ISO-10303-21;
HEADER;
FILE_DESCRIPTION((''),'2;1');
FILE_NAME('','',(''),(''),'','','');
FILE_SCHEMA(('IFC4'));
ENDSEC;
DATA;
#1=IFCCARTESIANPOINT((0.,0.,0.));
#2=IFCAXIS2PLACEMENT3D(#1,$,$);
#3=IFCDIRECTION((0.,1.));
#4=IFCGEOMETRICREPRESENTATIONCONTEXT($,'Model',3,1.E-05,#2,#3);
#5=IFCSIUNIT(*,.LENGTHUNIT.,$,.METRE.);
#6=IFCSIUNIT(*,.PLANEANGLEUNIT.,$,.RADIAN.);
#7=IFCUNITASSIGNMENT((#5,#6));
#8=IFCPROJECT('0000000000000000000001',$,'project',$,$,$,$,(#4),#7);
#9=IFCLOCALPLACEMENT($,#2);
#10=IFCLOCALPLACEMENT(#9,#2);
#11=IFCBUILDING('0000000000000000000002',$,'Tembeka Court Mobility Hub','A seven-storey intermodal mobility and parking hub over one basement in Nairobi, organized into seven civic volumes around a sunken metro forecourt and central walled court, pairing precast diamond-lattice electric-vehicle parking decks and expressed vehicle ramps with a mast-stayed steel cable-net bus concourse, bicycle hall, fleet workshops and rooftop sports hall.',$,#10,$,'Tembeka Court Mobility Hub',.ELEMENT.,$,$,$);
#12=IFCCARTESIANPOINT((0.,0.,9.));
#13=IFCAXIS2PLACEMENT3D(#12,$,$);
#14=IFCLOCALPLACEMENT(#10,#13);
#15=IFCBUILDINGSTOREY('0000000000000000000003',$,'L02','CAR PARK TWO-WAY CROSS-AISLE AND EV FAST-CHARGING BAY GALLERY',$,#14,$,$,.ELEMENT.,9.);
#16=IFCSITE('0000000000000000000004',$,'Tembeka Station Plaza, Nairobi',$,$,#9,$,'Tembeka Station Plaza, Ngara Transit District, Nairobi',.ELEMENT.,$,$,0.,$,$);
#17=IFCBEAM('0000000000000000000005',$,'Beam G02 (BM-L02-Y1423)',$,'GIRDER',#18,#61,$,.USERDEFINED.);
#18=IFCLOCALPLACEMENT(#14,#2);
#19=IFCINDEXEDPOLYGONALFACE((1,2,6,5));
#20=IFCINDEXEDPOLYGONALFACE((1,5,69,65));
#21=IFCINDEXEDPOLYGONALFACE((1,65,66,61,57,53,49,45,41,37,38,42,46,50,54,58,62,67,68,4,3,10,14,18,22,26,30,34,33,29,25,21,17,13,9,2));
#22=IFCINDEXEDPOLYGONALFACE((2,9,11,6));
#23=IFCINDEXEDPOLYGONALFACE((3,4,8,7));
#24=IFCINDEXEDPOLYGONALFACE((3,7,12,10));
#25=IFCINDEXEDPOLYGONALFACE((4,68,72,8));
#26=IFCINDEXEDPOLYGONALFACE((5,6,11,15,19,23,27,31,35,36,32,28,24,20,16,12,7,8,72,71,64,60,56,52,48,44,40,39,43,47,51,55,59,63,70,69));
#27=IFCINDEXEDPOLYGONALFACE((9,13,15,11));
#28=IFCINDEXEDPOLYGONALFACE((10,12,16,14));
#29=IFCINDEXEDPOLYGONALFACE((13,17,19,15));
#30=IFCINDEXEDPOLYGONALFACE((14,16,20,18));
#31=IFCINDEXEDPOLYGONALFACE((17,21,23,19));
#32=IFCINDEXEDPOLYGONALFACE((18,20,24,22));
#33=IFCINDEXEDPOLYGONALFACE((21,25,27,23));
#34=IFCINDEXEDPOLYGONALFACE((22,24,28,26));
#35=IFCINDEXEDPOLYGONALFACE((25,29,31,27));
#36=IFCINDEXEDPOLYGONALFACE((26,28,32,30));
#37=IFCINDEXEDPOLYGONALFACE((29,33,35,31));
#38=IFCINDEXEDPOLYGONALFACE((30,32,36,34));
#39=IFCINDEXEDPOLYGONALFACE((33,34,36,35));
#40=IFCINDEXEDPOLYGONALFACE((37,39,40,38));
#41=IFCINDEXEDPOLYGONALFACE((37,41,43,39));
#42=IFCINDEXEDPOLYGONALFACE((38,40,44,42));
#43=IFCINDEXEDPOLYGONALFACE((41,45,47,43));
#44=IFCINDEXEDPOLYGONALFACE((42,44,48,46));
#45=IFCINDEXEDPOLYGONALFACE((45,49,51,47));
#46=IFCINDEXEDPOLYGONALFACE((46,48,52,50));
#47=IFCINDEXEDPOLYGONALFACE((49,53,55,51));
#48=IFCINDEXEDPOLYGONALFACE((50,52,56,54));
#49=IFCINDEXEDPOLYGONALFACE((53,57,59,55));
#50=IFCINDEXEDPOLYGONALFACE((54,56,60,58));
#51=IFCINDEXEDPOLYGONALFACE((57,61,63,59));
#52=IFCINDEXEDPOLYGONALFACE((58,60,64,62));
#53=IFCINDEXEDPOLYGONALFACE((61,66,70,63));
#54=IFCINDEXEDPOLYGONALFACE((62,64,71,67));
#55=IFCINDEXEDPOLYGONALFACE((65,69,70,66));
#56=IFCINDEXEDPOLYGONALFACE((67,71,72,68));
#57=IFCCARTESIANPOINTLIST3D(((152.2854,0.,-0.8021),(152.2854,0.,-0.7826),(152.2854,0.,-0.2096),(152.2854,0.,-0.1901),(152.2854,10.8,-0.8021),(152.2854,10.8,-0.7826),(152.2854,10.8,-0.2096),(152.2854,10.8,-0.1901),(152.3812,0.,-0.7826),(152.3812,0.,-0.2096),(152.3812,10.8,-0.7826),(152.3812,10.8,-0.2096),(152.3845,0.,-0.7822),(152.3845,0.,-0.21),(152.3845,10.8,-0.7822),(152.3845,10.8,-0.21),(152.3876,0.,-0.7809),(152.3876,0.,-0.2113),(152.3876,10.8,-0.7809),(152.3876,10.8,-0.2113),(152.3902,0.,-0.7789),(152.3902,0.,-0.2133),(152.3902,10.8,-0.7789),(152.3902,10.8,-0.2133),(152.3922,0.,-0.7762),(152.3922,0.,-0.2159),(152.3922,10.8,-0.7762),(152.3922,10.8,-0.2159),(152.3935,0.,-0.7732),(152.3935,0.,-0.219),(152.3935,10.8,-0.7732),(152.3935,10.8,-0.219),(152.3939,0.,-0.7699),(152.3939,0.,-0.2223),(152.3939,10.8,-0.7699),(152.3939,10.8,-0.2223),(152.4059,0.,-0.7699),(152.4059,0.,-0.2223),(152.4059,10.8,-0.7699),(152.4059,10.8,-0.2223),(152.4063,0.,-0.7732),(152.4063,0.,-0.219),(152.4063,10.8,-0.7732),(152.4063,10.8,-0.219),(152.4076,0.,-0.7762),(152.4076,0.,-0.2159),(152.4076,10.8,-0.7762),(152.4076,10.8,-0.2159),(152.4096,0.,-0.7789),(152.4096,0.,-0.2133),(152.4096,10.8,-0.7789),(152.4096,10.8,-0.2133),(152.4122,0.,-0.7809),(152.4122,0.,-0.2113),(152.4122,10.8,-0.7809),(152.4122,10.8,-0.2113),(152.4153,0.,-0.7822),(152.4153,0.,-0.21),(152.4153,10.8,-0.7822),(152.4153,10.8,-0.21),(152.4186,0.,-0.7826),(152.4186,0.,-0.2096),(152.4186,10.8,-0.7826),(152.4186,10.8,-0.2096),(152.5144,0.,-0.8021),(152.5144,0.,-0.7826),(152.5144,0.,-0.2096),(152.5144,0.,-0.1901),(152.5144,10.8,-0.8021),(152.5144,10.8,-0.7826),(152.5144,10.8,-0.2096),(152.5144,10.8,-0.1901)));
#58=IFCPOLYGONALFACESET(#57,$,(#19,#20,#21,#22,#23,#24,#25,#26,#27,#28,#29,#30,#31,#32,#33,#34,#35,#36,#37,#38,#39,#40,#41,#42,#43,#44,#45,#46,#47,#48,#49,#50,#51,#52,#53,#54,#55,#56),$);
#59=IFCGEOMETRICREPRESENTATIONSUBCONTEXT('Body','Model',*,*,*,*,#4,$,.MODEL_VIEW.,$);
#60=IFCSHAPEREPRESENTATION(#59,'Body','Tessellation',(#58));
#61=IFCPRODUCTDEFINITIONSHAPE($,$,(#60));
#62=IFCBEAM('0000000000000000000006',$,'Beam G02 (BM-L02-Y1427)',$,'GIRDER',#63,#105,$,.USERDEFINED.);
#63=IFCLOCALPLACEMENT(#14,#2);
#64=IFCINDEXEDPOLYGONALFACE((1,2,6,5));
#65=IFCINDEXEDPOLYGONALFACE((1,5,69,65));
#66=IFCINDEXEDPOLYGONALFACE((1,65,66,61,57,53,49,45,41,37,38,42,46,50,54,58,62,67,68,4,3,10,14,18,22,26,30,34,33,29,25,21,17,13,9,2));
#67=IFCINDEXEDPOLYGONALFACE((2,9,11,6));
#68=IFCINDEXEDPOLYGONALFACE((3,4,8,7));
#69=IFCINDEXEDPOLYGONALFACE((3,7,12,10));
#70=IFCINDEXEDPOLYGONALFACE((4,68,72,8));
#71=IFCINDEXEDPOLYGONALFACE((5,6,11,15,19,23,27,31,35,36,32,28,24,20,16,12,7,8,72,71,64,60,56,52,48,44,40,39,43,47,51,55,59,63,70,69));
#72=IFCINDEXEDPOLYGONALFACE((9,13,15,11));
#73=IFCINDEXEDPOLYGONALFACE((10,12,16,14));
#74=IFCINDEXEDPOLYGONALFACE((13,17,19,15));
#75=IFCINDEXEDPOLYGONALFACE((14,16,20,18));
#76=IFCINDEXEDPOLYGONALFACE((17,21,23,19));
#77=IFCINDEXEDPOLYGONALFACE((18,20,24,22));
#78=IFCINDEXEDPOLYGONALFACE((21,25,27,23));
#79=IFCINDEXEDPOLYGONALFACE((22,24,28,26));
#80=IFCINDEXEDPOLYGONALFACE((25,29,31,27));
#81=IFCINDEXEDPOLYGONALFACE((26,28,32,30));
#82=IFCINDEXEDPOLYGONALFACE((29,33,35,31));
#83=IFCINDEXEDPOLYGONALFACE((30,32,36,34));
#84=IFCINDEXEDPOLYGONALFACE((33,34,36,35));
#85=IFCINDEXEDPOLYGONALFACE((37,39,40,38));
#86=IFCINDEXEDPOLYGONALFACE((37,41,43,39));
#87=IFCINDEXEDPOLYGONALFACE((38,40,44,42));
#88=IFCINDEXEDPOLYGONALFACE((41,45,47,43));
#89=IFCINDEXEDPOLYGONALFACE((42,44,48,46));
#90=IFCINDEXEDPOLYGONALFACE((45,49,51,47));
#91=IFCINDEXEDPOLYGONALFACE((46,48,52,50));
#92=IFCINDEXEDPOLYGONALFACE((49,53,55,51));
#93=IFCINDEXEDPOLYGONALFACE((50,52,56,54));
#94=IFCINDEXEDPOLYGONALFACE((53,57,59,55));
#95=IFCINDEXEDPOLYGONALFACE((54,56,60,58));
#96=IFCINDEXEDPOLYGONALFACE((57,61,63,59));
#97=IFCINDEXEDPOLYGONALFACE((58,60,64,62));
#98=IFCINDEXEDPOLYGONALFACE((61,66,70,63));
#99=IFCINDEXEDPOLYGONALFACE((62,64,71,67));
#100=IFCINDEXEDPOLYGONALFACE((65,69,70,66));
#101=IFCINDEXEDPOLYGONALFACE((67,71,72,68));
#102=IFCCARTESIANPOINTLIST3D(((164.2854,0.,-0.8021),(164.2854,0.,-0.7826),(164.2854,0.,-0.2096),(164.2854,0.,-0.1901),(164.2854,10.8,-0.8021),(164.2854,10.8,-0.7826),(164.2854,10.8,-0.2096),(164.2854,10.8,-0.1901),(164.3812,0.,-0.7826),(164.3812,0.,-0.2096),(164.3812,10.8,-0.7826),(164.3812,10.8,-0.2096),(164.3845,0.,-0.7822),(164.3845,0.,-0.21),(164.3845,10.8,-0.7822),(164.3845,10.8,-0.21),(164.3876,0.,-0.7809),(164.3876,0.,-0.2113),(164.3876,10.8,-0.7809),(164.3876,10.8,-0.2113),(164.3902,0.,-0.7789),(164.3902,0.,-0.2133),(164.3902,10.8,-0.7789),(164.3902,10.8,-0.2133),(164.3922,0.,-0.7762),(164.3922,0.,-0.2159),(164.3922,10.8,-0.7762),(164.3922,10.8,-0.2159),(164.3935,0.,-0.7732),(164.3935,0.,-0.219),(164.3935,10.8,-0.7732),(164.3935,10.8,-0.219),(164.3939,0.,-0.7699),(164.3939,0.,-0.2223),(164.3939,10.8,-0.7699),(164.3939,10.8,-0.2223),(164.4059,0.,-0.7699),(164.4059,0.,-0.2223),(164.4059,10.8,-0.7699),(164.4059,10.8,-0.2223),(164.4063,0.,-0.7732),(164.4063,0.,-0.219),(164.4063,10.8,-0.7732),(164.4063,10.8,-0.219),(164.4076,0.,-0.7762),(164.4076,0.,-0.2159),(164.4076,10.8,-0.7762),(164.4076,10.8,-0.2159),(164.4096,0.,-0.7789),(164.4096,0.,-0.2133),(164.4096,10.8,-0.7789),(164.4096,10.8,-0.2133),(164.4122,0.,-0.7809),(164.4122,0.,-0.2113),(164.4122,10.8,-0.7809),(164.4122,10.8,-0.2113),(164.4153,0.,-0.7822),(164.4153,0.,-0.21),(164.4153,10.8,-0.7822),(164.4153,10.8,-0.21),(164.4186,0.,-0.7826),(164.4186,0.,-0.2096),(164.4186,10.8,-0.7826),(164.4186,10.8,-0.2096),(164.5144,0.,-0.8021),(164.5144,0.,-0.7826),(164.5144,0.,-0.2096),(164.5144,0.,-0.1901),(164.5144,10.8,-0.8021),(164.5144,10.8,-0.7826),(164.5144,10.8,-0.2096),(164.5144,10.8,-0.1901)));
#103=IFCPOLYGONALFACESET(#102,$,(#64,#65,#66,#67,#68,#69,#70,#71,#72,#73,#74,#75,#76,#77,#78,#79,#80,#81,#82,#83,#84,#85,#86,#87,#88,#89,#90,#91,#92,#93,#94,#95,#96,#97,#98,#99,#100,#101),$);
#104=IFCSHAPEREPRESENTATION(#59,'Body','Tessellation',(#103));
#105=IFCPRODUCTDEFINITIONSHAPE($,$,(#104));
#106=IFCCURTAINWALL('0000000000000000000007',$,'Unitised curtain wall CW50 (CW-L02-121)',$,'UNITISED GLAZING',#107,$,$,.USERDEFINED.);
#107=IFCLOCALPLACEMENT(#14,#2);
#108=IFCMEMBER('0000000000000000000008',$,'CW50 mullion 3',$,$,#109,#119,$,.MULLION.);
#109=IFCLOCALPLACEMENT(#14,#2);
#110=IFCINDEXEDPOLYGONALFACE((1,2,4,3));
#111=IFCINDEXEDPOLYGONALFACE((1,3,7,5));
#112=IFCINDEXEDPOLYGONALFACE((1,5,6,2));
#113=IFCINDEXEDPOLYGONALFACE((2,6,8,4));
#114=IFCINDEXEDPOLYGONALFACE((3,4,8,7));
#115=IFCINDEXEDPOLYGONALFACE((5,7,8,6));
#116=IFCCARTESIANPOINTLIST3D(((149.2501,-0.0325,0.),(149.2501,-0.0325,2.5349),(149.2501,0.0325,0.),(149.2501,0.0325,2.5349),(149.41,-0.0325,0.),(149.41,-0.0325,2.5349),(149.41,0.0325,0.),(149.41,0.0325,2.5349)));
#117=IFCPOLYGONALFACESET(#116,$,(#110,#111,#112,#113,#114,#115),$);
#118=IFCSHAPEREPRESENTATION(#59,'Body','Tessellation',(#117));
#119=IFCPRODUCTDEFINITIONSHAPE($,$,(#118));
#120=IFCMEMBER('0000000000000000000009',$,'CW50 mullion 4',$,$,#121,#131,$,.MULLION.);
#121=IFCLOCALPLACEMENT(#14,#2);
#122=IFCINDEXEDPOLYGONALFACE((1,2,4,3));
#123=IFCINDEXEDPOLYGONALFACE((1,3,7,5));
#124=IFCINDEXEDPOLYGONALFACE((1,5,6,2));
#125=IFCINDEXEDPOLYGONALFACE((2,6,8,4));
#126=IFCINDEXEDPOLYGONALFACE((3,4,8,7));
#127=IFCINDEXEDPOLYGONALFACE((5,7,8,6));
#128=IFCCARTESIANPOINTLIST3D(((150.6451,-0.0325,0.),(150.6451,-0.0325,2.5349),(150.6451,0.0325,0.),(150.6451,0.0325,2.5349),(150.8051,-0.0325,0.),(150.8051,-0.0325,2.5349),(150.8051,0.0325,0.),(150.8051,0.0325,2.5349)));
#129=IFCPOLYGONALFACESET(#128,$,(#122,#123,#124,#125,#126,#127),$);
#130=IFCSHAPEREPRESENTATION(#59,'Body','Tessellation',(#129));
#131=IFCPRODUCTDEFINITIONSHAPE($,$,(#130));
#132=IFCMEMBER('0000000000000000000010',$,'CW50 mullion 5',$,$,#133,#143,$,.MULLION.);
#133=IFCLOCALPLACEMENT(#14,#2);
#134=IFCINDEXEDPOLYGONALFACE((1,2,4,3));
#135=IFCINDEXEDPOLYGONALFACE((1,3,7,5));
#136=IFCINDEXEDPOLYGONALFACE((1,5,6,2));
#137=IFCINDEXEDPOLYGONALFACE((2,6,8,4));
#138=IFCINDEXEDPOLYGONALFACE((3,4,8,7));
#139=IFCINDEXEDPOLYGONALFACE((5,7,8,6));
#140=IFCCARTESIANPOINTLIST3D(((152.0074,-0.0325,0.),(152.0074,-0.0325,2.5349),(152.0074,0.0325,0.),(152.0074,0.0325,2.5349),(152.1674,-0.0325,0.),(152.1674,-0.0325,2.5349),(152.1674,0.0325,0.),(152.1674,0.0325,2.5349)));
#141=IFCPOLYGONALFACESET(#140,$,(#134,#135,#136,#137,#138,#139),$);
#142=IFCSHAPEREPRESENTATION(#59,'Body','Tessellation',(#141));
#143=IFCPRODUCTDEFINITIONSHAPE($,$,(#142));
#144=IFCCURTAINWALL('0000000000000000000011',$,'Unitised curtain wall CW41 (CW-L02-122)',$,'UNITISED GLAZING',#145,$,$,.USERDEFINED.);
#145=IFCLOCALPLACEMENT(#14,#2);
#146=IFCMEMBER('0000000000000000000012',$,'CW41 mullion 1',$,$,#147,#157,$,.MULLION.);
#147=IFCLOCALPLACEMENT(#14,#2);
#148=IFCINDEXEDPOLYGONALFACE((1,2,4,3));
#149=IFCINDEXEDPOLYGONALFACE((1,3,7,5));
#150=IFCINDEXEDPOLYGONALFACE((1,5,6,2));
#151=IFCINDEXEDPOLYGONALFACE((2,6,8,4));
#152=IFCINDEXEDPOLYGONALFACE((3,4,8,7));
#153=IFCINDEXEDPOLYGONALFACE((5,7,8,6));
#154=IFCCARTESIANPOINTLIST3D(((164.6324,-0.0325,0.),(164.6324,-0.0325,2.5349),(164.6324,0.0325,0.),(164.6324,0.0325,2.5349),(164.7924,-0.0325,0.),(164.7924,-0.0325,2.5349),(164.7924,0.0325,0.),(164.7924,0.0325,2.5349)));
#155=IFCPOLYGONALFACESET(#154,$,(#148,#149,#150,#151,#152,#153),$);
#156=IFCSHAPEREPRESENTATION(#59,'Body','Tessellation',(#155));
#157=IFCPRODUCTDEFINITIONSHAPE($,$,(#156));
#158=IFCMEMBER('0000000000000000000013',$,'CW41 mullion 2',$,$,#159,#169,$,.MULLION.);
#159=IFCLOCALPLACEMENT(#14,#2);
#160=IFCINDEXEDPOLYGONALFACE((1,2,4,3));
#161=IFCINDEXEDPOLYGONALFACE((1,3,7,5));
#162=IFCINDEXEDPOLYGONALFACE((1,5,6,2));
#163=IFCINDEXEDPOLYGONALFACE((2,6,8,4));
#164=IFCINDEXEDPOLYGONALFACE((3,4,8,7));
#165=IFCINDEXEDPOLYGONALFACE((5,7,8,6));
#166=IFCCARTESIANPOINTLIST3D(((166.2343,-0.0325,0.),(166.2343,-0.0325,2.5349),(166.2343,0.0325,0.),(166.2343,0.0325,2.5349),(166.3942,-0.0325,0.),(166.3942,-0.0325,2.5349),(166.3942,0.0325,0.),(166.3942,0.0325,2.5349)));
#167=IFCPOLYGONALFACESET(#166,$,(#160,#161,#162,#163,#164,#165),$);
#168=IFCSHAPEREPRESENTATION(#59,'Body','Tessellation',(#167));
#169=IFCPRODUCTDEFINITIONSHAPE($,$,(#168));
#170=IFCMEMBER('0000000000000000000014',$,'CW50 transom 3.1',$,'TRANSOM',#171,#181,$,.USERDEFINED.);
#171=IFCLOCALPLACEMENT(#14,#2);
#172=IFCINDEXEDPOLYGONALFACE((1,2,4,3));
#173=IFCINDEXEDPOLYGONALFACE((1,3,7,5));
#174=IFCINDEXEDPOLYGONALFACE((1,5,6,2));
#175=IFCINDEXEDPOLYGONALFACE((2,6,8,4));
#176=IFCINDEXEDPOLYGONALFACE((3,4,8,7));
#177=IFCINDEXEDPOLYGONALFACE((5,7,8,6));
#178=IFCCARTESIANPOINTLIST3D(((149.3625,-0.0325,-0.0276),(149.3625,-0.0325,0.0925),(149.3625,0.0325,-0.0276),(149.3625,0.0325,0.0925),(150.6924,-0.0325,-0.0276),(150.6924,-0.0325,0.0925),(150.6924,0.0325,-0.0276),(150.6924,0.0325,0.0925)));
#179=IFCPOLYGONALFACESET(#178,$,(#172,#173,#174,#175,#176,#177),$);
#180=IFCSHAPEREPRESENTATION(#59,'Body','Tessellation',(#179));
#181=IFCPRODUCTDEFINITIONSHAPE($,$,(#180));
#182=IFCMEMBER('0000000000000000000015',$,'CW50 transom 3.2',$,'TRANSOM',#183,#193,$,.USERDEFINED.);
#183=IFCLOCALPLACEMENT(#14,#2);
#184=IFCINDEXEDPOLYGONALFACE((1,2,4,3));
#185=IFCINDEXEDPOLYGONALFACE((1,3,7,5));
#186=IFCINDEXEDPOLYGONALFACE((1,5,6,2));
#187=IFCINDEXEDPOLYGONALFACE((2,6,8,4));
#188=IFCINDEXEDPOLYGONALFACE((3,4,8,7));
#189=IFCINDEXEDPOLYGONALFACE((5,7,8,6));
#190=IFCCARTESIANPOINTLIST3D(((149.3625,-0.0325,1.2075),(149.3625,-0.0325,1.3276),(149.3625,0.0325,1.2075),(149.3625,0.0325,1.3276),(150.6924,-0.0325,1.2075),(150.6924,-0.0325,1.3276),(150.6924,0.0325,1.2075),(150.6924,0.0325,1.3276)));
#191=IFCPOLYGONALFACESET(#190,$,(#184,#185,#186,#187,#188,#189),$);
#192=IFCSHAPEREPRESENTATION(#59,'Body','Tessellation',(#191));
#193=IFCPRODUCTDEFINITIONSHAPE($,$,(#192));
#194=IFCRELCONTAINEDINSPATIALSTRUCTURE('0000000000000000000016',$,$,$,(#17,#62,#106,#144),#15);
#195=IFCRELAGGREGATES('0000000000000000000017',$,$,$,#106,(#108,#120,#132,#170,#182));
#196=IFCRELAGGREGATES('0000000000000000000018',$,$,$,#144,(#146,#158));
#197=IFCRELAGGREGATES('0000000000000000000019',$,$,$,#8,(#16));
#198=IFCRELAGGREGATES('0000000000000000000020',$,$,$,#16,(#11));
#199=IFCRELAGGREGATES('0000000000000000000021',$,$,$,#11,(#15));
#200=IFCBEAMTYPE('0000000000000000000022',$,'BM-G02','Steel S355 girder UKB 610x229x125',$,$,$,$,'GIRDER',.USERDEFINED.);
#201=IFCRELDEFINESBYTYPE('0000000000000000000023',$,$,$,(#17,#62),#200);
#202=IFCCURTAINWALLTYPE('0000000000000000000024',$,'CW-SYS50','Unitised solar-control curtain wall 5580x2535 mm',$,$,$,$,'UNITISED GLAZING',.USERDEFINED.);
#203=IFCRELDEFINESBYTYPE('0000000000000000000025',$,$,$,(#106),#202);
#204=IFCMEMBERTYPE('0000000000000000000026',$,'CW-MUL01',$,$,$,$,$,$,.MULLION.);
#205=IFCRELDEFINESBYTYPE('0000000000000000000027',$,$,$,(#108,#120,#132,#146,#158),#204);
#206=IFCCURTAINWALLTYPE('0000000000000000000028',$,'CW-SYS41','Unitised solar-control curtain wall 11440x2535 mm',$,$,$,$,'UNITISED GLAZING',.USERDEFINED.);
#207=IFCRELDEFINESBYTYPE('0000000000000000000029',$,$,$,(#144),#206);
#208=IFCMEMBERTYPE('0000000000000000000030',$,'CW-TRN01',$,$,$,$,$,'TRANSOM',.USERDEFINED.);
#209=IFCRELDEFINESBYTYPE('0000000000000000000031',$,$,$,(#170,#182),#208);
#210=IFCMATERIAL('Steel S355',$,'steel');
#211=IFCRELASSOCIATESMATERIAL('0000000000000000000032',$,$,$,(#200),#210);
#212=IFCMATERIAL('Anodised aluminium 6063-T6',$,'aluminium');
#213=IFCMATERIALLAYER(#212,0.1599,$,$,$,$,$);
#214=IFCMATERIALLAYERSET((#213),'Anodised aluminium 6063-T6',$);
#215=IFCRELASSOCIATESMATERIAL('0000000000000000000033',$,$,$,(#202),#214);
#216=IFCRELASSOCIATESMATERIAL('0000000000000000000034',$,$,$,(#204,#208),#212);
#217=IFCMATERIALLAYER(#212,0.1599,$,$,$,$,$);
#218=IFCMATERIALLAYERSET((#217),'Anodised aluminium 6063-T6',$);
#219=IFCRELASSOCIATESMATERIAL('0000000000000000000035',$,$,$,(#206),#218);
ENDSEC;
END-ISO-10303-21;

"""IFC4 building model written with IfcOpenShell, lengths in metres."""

from ifc_helpers import new_model, si_unit, direction, frame, origin, origin_2d, place, context, subcontext, project, spatial, rectangle, i_section, extrude, material, layer, layer_set, material_profile, profile_set, type_object, element, aggregate, save


model = new_model("IFC4")

# Units and contexts
model_context = context("Model", 3, precision=1e-05, world=origin(), true_north=direction((0.0, 1.0)))
body_context = subcontext(model_context, "Body", "Model", "MODEL_VIEW")
ifc_project = project(units=[si_unit("LENGTHUNIT", "METRE"), si_unit("PLANEANGLEUNIT", "RADIAN")], contexts=[model_context])

# Site, building, storey
site_placement = place(None, origin())
site = spatial("IfcSite", under=ifc_project, at=site_placement, Name="Tembeka Station Plaza, Nairobi", LongName="Tembeka Station Plaza, Ngara Transit District, Nairobi", CompositionType="ELEMENT", RefElevation=0.0)
building_placement = place(site_placement, origin())
building = spatial("IfcBuilding", under=site, at=building_placement, Name="Tembeka Court Mobility Hub", Description="A seven-storey intermodal mobility and parking hub over one basement in Nairobi, organized into seven civic volumes around a sunken metro forecourt and central walled court, pairing precast diamond-lattice electric-vehicle parking decks and expressed vehicle ramps with a mast-stayed steel cable-net bus concourse, bicycle hall, fleet workshops and rooftop sports hall.", LongName="Tembeka Court Mobility Hub", CompositionType="ELEMENT")
storey_placement = place(building_placement, frame((0.0, 0.0, 9.0)))
storey = spatial("IfcBuildingStorey", under=building, at=storey_placement, Name="L02", Description="CAR PARK TWO-WAY CROSS-AISLE AND EV FAST-CHARGING BAY GALLERY", CompositionType="ELEMENT", Elevation=9.0)

# Shared definitions
ifc_material_1 = material(Name="Steel S355", Category="steel")

# Beams
ifc_material_profile_1 = material_profile(ifc_material_1, i_section(OverallWidth=0.229, OverallDepth=0.6121, WebThickness=0.012, FlangeThickness=0.0195, FilletRadius=0.0127, at=origin_2d()), Name="UKB 610x229x125")
ifc_profile_set_1 = profile_set([ifc_material_profile_1], Name="Steel S355")
beam_type = type_object("IfcBeamType", Name="BM-G02", Description="Steel S355 girder UKB 610x229x125", ElementType="GIRDER", PredefinedType="USERDEFINED", material=ifc_profile_set_1)
for number, where, z_axis, x_axis, name in (
    (1, (152.3999, 0.0, -0.4961), (0.0, 1.0, 0.0), (-1.0, 0.0, 0.0), "Beam G02 (BM-L02-Y1423)"),
    (2, (164.3999, 0.0, -0.4961), (0.0, 1.0, 0.0), (-1.0, 0.0, 0.0), "Beam G02 (BM-L02-Y1427)"),
):
    element("IfcBeam", number, at=place(storey_placement, frame(where, z_axis=z_axis, x_axis=x_axis)), inside=storey, type_object=beam_type, Name=name, ObjectType="GIRDER", PredefinedType="USERDEFINED", context=body_context, shape_type="SweptSolid", body=[
        extrude(i_section(OverallWidth=0.229, OverallDepth=0.6121, WebThickness=0.012, FlangeThickness=0.0195, FilletRadius=0.0127, at=origin_2d()), origin(), (0.0, 0.0, 1.0), 10.8),
    ])

# Curtain walls, members
ifc_material_2 = material(Name="Anodised aluminium 6063-T6", Category="aluminium")
ifc_layer_1 = layer(ifc_material_2, 0.1599)
ifc_layer_set_1 = layer_set([ifc_layer_1], Name="Anodised aluminium 6063-T6")
curtain_wall_type_1 = type_object("IfcCurtainWallType", Name="CW-SYS50", Description="Unitised solar-control curtain wall 5580x2535 mm", ElementType="UNITISED GLAZING", PredefinedType="USERDEFINED", material=ifc_layer_set_1)
curtain_wall_1_placement = place(storey_placement, origin())
curtain_wall_1 = element("IfcCurtainWall", 3, at=curtain_wall_1_placement, inside=storey, type_object=curtain_wall_type_1, Name="Unitised curtain wall CW50 (CW-L02-121)", ObjectType="UNITISED GLAZING", PredefinedType="USERDEFINED")
ifc_material_profile_2 = material_profile(ifc_material_2, rectangle(XDim=0.0649, YDim=0.1599, at=origin_2d()), Name="ALU-MUL 65x160")
ifc_profile_set_2 = profile_set([ifc_material_profile_2], Name="Anodised aluminium 6063-T6")
member_type_1 = type_object("IfcMemberType", Name="CW-MUL01", PredefinedType="MULLION", material=ifc_profile_set_2)
member_1_placement = place(storey_placement, frame((149.3301, 0.0, 0.0), z_axis=(0.0, 0.0, 1.0), x_axis=(0.0, 1.0, 0.0)))
member_1 = element("IfcMember", 4, at=member_1_placement, type_object=member_type_1, Name="CW50 mullion 3", PredefinedType="MULLION", context=body_context, shape_type="SweptSolid", body=[
    extrude(rectangle(XDim=0.0649, YDim=0.1599, at=origin_2d()), origin(), (0.0, 0.0, 1.0), 2.5349),
])
member_2_placement = place(storey_placement, frame((150.7251, 0.0, 0.0), z_axis=(0.0, 0.0, 1.0), x_axis=(0.0, 1.0, 0.0)))
member_2 = element("IfcMember", 5, at=member_2_placement, type_object=member_type_1, Name="CW50 mullion 4", PredefinedType="MULLION", context=body_context, shape_type="SweptSolid", body=[
    extrude(rectangle(XDim=0.0649, YDim=0.1599, at=origin_2d()), origin(), (0.0, 0.0, 1.0), 2.5349),
])
member_3_placement = place(storey_placement, frame((152.0874, 0.0, 0.0), z_axis=(0.0, 0.0, 1.0), x_axis=(0.0, 1.0, 0.0)))
member_3 = element("IfcMember", 6, at=member_3_placement, type_object=member_type_1, Name="CW50 mullion 5", PredefinedType="MULLION", context=body_context, shape_type="SweptSolid", body=[
    extrude(rectangle(XDim=0.0649, YDim=0.1599, at=origin_2d()), origin(), (0.0, 0.0, 1.0), 2.5349),
])
ifc_layer_2 = layer(ifc_material_2, 0.1599)
ifc_layer_set_2 = layer_set([ifc_layer_2], Name="Anodised aluminium 6063-T6")
curtain_wall_type_2 = type_object("IfcCurtainWallType", Name="CW-SYS41", Description="Unitised solar-control curtain wall 11440x2535 mm", ElementType="UNITISED GLAZING", PredefinedType="USERDEFINED", material=ifc_layer_set_2)
curtain_wall_2_placement = place(storey_placement, origin())
curtain_wall_2 = element("IfcCurtainWall", 7, at=curtain_wall_2_placement, inside=storey, type_object=curtain_wall_type_2, Name="Unitised curtain wall CW41 (CW-L02-122)", ObjectType="UNITISED GLAZING", PredefinedType="USERDEFINED")
member_4_placement = place(storey_placement, frame((164.7124, 0.0, 0.0), z_axis=(0.0, 0.0, 1.0), x_axis=(0.0, 1.0, 0.0)))
member_4 = element("IfcMember", 8, at=member_4_placement, type_object=member_type_1, Name="CW41 mullion 1", PredefinedType="MULLION", context=body_context, shape_type="SweptSolid", body=[
    extrude(rectangle(XDim=0.0649, YDim=0.1599, at=origin_2d()), origin(), (0.0, 0.0, 1.0), 2.5349),
])
member_5_placement = place(storey_placement, frame((166.3142, 0.0, 0.0), z_axis=(0.0, 0.0, 1.0), x_axis=(0.0, 1.0, 0.0)))
member_5 = element("IfcMember", 9, at=member_5_placement, type_object=member_type_1, Name="CW41 mullion 2", PredefinedType="MULLION", context=body_context, shape_type="SweptSolid", body=[
    extrude(rectangle(XDim=0.0649, YDim=0.1599, at=origin_2d()), origin(), (0.0, 0.0, 1.0), 2.5349),
])

# Members
ifc_material_profile_3 = material_profile(ifc_material_2, rectangle(XDim=0.0649, YDim=0.1201, at=origin_2d()), Name="ALU-TRN 65x120")
ifc_profile_set_3 = profile_set([ifc_material_profile_3], Name="Anodised aluminium 6063-T6")
member_type_2 = type_object("IfcMemberType", Name="CW-TRN01", ElementType="TRANSOM", PredefinedType="USERDEFINED", material=ifc_profile_set_3)
member_6_placement = place(storey_placement, frame((149.3625, 0.0, 0.0325), z_axis=(1.0, 0.0, 0.0), x_axis=(0.0, 1.0, 0.0)))
member_6 = element("IfcMember", 10, at=member_6_placement, type_object=member_type_2, Name="CW50 transom 3.1", ObjectType="TRANSOM", PredefinedType="USERDEFINED", context=body_context, shape_type="SweptSolid", body=[
    extrude(rectangle(XDim=0.0649, YDim=0.1201, at=origin_2d()), origin(), (0.0, 0.0, 1.0), 1.3298),
])
member_7_placement = place(storey_placement, frame((149.3625, 0.0, 1.2676), z_axis=(1.0, 0.0, 0.0), x_axis=(0.0, 1.0, 0.0)))
member_7 = element("IfcMember", 11, at=member_7_placement, type_object=member_type_2, Name="CW50 transom 3.2", ObjectType="TRANSOM", PredefinedType="USERDEFINED", context=body_context, shape_type="SweptSolid", body=[
    extrude(rectangle(XDim=0.0649, YDim=0.1201, at=origin_2d()), origin(), (0.0, 0.0, 1.0), 1.3298),
])

aggregate(curtain_wall_1, [member_1, member_2, member_3, member_6, member_7])
aggregate(curtain_wall_2, [member_4, member_5])

save(model, "model.ifc")
